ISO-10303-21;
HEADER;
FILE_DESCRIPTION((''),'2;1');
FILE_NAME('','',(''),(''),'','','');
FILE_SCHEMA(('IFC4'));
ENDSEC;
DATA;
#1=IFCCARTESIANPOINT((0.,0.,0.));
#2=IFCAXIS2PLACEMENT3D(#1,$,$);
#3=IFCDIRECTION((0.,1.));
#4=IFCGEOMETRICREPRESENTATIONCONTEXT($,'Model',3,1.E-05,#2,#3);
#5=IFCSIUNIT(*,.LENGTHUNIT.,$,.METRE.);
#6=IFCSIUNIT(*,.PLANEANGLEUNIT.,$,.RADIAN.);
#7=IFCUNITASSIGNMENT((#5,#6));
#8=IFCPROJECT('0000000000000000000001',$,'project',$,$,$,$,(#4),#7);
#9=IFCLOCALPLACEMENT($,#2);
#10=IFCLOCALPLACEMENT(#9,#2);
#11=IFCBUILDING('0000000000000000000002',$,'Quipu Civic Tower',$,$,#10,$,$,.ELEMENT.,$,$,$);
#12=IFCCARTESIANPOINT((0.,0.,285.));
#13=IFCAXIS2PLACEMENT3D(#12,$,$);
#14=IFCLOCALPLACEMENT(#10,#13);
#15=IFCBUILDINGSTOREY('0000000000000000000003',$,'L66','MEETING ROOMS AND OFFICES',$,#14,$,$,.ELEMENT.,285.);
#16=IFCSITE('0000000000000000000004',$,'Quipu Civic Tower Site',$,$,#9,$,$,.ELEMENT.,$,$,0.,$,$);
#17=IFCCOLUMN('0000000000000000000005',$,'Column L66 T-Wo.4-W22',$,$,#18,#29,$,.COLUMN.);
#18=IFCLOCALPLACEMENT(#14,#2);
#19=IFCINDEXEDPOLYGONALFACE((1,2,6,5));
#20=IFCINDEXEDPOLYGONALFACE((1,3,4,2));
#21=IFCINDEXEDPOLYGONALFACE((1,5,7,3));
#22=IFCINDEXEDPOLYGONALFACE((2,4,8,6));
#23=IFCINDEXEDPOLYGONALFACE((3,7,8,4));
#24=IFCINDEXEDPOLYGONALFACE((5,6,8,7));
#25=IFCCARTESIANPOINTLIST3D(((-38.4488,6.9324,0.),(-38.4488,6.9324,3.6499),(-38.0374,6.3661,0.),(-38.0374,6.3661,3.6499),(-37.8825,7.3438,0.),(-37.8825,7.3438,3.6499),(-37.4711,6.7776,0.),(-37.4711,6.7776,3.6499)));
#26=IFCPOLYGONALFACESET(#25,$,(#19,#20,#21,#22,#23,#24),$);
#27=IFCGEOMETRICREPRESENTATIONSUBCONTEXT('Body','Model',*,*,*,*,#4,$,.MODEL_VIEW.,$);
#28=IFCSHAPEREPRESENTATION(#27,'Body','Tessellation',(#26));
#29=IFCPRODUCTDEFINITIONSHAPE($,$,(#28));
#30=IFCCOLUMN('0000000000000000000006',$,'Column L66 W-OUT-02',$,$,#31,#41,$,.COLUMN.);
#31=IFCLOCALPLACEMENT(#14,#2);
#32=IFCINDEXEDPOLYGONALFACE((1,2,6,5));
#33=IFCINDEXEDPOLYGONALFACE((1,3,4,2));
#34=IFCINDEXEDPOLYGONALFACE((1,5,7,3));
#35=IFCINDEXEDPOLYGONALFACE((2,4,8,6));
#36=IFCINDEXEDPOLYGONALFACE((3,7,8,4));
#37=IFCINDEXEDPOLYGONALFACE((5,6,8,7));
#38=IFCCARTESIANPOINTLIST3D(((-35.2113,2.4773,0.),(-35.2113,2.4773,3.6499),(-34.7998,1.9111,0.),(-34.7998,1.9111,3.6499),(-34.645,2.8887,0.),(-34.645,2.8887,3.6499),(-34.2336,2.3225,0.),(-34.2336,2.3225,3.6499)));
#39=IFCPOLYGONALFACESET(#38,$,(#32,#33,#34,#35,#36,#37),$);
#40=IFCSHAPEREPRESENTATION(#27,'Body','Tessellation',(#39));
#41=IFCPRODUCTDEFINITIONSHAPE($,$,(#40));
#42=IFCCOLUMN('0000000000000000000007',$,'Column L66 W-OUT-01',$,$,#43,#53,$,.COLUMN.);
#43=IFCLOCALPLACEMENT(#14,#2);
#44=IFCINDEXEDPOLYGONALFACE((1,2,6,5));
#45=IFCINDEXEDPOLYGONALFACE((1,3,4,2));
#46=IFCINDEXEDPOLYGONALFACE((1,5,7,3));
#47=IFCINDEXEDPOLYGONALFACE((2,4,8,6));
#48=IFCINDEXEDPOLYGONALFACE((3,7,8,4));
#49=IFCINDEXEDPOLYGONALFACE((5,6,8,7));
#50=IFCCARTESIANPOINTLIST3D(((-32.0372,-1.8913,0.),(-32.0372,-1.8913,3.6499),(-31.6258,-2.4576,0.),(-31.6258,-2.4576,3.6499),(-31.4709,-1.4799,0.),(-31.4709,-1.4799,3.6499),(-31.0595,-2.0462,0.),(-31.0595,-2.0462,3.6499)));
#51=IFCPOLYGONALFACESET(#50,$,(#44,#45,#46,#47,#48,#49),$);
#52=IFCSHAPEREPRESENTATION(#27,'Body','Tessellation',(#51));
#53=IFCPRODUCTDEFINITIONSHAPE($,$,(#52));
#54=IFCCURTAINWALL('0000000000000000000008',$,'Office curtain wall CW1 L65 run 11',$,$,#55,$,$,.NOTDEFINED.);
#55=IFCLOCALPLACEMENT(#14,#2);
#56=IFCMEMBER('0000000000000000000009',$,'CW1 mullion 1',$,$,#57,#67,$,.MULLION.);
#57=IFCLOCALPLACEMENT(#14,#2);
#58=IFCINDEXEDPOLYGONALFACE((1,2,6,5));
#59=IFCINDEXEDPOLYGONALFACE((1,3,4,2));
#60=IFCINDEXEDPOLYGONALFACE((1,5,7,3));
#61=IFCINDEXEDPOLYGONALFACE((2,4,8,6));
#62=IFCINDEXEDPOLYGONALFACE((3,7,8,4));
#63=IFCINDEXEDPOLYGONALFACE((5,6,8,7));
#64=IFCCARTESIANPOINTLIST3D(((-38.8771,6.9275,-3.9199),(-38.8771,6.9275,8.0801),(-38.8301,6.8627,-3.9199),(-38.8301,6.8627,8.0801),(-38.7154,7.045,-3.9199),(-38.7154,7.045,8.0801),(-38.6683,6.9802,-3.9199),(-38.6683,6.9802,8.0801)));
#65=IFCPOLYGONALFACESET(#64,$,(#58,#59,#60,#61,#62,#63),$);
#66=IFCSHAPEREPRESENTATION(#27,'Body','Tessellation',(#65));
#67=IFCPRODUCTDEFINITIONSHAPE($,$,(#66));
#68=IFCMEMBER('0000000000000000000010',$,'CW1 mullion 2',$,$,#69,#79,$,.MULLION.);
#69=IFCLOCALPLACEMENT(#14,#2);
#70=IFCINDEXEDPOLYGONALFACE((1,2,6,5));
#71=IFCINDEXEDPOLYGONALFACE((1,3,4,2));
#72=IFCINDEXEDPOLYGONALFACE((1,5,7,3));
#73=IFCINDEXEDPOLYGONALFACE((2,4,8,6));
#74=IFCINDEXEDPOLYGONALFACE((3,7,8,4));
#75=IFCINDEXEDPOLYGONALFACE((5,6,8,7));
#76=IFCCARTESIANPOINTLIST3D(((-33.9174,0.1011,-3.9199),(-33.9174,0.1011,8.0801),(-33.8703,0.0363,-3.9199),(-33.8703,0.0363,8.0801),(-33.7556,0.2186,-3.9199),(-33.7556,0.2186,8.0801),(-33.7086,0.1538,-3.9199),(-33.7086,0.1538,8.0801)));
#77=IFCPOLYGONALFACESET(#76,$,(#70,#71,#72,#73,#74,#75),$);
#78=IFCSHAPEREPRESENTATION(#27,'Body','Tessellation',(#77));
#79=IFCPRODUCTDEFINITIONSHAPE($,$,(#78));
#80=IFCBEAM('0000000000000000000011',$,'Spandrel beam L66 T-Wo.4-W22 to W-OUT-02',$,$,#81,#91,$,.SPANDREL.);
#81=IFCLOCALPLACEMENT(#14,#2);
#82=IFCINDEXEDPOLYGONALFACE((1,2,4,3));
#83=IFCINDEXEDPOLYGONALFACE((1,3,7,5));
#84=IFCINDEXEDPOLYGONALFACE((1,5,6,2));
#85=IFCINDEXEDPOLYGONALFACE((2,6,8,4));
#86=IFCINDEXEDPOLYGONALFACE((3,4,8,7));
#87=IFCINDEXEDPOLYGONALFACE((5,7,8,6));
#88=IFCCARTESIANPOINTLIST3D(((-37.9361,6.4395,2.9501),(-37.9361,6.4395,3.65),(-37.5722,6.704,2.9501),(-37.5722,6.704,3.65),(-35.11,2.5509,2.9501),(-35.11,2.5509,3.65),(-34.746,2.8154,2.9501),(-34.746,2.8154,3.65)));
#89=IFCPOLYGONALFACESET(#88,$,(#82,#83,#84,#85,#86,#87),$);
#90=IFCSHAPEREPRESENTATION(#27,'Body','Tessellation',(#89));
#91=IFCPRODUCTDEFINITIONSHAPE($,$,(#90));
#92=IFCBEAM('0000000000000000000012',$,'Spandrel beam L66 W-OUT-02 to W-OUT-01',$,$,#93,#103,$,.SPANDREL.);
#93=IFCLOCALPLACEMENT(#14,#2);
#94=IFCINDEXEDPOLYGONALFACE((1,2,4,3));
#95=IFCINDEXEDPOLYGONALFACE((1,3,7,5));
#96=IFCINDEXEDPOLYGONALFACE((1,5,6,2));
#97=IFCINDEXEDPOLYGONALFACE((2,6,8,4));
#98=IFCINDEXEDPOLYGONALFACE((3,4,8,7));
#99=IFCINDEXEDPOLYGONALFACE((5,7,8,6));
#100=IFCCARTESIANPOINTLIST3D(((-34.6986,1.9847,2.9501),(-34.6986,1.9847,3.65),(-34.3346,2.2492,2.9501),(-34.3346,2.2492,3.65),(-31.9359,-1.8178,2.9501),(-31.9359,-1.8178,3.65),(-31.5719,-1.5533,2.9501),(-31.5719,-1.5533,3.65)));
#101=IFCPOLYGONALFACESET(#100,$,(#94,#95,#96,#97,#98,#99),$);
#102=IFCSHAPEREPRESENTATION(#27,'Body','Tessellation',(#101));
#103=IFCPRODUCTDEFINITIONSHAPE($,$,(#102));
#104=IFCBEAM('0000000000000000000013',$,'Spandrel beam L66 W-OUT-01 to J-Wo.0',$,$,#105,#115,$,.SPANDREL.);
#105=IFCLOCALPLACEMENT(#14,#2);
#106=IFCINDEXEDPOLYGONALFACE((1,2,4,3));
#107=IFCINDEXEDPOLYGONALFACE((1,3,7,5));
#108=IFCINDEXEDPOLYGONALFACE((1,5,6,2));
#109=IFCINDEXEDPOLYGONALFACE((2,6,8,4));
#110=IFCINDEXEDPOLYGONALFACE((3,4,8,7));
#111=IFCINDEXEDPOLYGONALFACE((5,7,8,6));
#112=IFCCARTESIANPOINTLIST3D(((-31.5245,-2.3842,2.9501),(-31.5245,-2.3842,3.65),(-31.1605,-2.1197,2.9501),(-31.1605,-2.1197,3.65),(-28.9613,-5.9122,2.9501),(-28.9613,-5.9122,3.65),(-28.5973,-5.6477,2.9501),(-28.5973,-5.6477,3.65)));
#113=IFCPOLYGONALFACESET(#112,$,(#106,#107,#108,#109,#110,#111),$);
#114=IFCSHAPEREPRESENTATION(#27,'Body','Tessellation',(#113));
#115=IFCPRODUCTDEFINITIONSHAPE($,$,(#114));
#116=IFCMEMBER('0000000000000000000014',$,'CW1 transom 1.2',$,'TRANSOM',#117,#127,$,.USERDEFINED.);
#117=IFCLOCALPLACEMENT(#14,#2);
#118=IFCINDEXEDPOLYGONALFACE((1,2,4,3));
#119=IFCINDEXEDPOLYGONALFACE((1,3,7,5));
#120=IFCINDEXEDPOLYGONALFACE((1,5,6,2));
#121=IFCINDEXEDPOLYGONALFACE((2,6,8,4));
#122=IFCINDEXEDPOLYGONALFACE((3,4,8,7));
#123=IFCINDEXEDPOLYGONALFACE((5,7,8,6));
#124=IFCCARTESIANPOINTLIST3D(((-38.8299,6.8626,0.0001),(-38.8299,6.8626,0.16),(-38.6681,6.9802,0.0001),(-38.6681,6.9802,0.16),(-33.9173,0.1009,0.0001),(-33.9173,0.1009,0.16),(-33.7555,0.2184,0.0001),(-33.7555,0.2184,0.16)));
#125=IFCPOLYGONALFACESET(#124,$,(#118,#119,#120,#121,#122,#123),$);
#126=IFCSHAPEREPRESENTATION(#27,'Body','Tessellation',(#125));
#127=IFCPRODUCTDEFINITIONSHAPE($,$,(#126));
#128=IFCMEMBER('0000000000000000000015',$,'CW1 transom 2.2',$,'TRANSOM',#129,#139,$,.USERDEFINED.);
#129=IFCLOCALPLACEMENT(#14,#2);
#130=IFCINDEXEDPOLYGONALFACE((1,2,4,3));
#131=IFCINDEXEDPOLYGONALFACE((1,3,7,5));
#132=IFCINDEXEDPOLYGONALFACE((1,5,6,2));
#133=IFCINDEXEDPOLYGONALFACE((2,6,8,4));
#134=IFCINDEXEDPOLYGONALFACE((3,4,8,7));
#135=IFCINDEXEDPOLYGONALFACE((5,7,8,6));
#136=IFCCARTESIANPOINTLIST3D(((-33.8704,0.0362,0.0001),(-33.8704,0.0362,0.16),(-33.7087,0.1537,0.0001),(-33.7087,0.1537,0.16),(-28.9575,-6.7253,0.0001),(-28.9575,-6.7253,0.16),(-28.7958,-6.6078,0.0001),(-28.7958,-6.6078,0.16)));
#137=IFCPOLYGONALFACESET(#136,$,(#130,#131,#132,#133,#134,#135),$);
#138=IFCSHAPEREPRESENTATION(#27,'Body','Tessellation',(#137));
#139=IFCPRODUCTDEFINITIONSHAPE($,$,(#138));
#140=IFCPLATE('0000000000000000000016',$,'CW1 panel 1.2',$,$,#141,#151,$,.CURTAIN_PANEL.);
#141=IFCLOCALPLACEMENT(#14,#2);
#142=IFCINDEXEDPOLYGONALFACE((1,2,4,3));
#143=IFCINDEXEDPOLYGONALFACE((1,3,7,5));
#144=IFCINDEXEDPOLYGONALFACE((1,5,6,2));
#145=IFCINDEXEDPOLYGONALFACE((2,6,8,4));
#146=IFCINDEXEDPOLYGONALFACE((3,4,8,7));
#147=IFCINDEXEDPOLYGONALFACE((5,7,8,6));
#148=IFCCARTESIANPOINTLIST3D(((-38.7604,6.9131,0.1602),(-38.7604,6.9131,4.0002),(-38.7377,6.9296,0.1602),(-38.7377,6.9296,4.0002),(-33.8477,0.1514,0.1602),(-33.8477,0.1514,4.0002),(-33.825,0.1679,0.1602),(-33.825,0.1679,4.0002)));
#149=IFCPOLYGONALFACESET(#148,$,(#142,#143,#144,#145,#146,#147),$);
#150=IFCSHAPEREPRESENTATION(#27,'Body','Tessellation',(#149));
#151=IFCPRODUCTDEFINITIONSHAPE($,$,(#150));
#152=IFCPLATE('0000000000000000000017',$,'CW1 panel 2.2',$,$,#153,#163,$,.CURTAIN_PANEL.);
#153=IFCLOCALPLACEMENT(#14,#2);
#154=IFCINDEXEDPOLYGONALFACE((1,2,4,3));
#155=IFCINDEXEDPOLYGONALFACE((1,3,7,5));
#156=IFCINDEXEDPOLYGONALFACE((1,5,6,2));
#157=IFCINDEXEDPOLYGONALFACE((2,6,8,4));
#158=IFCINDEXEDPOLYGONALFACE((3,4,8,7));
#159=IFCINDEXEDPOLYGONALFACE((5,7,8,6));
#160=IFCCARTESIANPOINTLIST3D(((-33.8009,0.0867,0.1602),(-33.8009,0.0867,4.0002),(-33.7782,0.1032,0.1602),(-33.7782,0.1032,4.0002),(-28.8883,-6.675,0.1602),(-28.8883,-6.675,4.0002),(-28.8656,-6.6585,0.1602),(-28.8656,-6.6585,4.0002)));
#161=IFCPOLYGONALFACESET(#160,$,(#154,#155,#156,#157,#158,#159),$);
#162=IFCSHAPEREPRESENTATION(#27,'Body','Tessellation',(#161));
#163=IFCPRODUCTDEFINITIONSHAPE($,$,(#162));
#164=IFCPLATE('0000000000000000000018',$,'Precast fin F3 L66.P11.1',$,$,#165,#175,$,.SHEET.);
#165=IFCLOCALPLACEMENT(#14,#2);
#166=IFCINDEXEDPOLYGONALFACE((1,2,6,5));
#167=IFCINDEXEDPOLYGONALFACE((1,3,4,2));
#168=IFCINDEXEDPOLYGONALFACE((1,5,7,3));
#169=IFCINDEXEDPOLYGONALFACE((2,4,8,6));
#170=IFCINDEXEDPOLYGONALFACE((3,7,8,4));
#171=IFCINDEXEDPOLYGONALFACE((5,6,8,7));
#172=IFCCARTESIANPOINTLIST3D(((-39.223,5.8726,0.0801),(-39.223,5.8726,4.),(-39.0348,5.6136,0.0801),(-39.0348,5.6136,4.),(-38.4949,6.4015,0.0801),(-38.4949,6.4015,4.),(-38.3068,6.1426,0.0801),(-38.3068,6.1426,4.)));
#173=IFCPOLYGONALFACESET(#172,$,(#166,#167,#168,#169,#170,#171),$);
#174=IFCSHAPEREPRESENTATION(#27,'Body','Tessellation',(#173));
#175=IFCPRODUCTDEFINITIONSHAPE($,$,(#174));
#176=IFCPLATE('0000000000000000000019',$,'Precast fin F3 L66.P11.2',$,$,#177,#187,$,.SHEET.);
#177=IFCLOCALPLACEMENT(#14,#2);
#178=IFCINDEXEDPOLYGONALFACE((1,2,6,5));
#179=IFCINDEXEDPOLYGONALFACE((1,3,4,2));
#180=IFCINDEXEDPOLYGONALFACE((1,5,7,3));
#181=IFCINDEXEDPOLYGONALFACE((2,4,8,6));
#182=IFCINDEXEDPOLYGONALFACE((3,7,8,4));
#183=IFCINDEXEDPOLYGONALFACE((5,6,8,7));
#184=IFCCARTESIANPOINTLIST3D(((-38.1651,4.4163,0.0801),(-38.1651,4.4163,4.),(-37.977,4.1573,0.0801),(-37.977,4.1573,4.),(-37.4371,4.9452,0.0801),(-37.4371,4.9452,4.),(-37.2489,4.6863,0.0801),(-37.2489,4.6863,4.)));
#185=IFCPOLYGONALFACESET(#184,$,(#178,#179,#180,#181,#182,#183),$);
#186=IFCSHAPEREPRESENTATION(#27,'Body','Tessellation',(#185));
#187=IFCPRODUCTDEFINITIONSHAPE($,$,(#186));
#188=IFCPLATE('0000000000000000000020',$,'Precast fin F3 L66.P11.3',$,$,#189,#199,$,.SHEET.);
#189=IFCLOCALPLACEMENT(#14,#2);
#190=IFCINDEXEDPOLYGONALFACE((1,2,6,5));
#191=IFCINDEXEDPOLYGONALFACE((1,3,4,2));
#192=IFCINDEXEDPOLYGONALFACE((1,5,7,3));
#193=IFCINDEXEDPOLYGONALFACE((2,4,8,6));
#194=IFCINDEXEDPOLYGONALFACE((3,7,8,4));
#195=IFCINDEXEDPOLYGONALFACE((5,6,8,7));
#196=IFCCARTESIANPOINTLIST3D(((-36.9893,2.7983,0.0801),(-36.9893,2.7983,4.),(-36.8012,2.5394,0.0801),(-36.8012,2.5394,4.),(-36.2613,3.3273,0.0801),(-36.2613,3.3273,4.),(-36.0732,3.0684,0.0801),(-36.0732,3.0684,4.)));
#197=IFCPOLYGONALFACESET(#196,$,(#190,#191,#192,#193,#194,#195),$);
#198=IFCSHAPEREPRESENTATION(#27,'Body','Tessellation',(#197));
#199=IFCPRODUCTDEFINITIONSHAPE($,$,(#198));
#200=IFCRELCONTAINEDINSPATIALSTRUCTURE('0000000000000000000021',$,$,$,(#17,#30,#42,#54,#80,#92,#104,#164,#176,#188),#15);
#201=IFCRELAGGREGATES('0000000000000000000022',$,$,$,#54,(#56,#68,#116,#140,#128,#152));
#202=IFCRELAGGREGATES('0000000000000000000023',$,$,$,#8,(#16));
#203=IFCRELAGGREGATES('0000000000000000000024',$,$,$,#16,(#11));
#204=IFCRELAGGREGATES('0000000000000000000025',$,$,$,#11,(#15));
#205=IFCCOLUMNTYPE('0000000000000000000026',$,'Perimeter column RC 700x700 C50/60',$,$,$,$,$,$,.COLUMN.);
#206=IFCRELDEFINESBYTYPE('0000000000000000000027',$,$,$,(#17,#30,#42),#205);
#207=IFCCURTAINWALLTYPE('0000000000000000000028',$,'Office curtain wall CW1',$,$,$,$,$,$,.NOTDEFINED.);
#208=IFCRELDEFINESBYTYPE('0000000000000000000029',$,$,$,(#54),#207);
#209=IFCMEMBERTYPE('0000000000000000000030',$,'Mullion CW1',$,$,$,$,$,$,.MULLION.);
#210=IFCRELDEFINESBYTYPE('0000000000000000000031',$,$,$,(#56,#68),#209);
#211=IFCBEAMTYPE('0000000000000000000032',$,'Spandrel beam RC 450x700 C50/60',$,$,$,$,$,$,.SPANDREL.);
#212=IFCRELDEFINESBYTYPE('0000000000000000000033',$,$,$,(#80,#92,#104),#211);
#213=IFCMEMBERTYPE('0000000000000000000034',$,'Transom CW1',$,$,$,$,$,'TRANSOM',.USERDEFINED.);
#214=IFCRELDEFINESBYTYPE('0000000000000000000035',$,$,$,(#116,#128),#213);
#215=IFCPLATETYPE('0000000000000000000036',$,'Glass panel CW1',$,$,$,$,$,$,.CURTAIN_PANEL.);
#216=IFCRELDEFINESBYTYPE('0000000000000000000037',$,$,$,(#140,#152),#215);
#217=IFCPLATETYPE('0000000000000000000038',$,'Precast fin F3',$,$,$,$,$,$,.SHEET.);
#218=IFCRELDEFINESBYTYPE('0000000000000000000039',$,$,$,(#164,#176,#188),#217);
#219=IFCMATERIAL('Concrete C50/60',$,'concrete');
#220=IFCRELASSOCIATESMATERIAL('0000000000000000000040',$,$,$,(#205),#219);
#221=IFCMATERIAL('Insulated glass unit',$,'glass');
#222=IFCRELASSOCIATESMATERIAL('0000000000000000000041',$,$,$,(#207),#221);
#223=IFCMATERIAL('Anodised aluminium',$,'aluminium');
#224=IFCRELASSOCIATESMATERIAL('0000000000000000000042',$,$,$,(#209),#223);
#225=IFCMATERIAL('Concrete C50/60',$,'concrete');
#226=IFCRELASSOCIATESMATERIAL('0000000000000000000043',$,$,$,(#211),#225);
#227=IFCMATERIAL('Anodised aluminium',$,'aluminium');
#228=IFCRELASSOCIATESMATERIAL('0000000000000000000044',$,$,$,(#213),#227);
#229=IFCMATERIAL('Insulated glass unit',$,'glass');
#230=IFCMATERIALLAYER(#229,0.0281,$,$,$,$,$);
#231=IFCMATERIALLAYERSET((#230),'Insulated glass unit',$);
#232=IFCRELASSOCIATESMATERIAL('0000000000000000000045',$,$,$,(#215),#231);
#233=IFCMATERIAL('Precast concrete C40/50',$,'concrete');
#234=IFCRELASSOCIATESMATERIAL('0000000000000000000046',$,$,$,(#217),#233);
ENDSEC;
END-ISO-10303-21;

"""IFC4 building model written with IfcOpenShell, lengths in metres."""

from ifc_helpers import new_model, si_unit, direction, frame, origin, origin_2d, place, context, subcontext, project, spatial, rectangle, extrude, material, layer, layer_set, material_profile, profile_set, type_object, element, aggregate, save


model = new_model("IFC4")

# Units and contexts
model_context = context("Model", 3, precision=1e-05, world=origin(), true_north=direction((0.0, 1.0)))
body_context = subcontext(model_context, "Body", "Model", "MODEL_VIEW")
ifc_project = project(units=[si_unit("LENGTHUNIT", "METRE"), si_unit("PLANEANGLEUNIT", "RADIAN")], contexts=[model_context])

# Site, building, storey
site_placement = place(None, origin())
site = spatial("IfcSite", under=ifc_project, at=site_placement, Name="Quipu Civic Tower Site", CompositionType="ELEMENT", RefElevation=0.0)
building_placement = place(site_placement, origin())
building = spatial("IfcBuilding", under=site, at=building_placement, Name="Quipu Civic Tower", CompositionType="ELEMENT")
storey_placement = place(building_placement, frame((0.0, 0.0, 285.0)))
storey = spatial("IfcBuildingStorey", under=building, at=storey_placement, Name="L66", Description="MEETING ROOMS AND OFFICES", CompositionType="ELEMENT", Elevation=285.0)

# Columns
ifc_material_1 = material(Name="Concrete C50/60", Category="concrete")
ifc_material_profile_1 = material_profile(ifc_material_1, rectangle(XDim=0.7, YDim=0.7, at=origin_2d()), Name="RC700x700")
ifc_profile_set_1 = profile_set([ifc_material_profile_1], Name="Concrete C50/60")
column_type = type_object("IfcColumnType", Name="Perimeter column RC 700x700 C50/60", PredefinedType="COLUMN", material=ifc_profile_set_1)
for number, where, z_axis, x_axis, name in (
    (1, (-37.96, 6.855, 0.0), (0.0, 0.0, 1.0), (0.587785, -0.809017, 0.0), "Column L66 T-Wo.4-W22"),
    (2, (-34.7224, 2.3999, 0.0), (0.0, 0.0, 1.0), (0.587785, -0.809017, 0.0), "Column L66 W-OUT-02"),
    (3, (-31.5483, -1.9688, 0.0), (0.0, 0.0, 1.0), (0.587785, -0.809017, 0.0), "Column L66 W-OUT-01"),
):
    element("IfcColumn", number, at=place(storey_placement, frame(where, z_axis=z_axis, x_axis=x_axis)), inside=storey, type_object=column_type, Name=name, PredefinedType="COLUMN", context=body_context, shape_type="SweptSolid", body=[
        extrude(rectangle(XDim=0.7, YDim=0.7, at=origin_2d()), origin(), (0.0, 0.0, 1.0), 3.6499),
    ])

# Curtain wall, members
ifc_material_2 = material(Name="Insulated glass unit", Category="glass")
curtain_wall_type = type_object("IfcCurtainWallType", Name="Office curtain wall CW1", PredefinedType="NOTDEFINED", material=ifc_material_2)
curtain_wall_placement = place(storey_placement, origin())
curtain_wall = element("IfcCurtainWall", 4, at=curtain_wall_placement, inside=storey, type_object=curtain_wall_type, Name="Office curtain wall CW1 L65 run 11", PredefinedType="NOTDEFINED")
ifc_material_3 = material(Name="Anodised aluminium", Category="aluminium")
ifc_material_profile_2 = material_profile(ifc_material_3, rectangle(XDim=0.2, YDim=0.0801, at=origin_2d()), Name="RECT 200x80")
ifc_profile_set_2 = profile_set([ifc_material_profile_2], Name="Anodised aluminium")
member_type_1 = type_object("IfcMemberType", Name="Mullion CW1", PredefinedType="MULLION", material=ifc_profile_set_2)
member_1_placement = place(storey_placement, frame((-38.7727, 6.9539, -3.9199), z_axis=(0.0, 0.0, 1.0), x_axis=(0.809016, 0.587786, 0.0)))
member_1 = element("IfcMember", 5, at=member_1_placement, type_object=member_type_1, Name="CW1 mullion 1", PredefinedType="MULLION", context=body_context, shape_type="SweptSolid", body=[
    extrude(rectangle(XDim=0.2, YDim=0.0801, at=origin_2d()), origin(), (0.0, 0.0, 1.0), 12.0),
])
member_2_placement = place(storey_placement, frame((-33.813, 0.1274, -3.9199), z_axis=(0.0, 0.0, 1.0), x_axis=(0.809016, 0.587786, 0.0)))
member_2 = element("IfcMember", 6, at=member_2_placement, type_object=member_type_1, Name="CW1 mullion 2", PredefinedType="MULLION", context=body_context, shape_type="SweptSolid", body=[
    extrude(rectangle(XDim=0.2, YDim=0.0801, at=origin_2d()), origin(), (0.0, 0.0, 1.0), 12.0),
])

# Beams
ifc_material_4 = material(Name="Concrete C50/60", Category="concrete")
ifc_material_profile_3 = material_profile(ifc_material_4, rectangle(XDim=0.45, YDim=0.7, at=origin_2d()), Name="RC450x700")
ifc_profile_set_3 = profile_set([ifc_material_profile_3], Name="Concrete C50/60")
beam_type = type_object("IfcBeamType", Name="Spandrel beam RC 450x700 C50/60", PredefinedType="SPANDREL", material=ifc_profile_set_3)
beam_1_placement = place(storey_placement, frame((-37.7542, 6.5718, 3.3), z_axis=(0.587906, -0.808929, 0.0), x_axis=(0.808929, 0.587906, 0.0)))
element("IfcBeam", 7, at=beam_1_placement, inside=storey, type_object=beam_type, Name="Spandrel beam L66 T-Wo.4-W22 to W-OUT-02", PredefinedType="SPANDREL", context=body_context, shape_type="SweptSolid", body=[
    extrude(rectangle(XDim=0.45, YDim=0.7, at=origin_2d()), origin(), (0.0, 0.0, 1.0), 4.8071),
])
beam_2_placement = place(storey_placement, frame((-34.5166, 2.1169, 3.3), z_axis=(0.587789, -0.809015, 0.0), x_axis=(0.809015, 0.587789, 0.0)))
element("IfcBeam", 8, at=beam_2_placement, inside=storey, type_object=beam_type, Name="Spandrel beam L66 W-OUT-02 to W-OUT-01", PredefinedType="SPANDREL", context=body_context, shape_type="SweptSolid", body=[
    extrude(rectangle(XDim=0.45, YDim=0.7, at=origin_2d()), origin(), (0.0, 0.0, 1.0), 4.7002),
])
beam_3_placement = place(storey_placement, frame((-31.3425, -2.252, 3.3), z_axis=(0.587776, -0.809024, 0.0), x_axis=(0.809024, 0.587776, 0.0)))
element("IfcBeam", 9, at=beam_3_placement, inside=storey, type_object=beam_type, Name="Spandrel beam L66 W-OUT-01 to J-Wo.0", PredefinedType="SPANDREL", context=body_context, shape_type="SweptSolid", body=[
    extrude(rectangle(XDim=0.45, YDim=0.7, at=origin_2d()), origin(), (0.0, 0.0, 1.0), 4.3608),
])

# Members
ifc_material_5 = material(Name="Anodised aluminium", Category="aluminium")
ifc_material_profile_4 = material_profile(ifc_material_5, rectangle(XDim=0.2, YDim=0.1599, at=origin_2d()), Name="RECT 200x160")
ifc_profile_set_4 = profile_set([ifc_material_profile_4], Name="Anodised aluminium")
member_type_2 = type_object("IfcMemberType", Name="Transom CW1", ElementType="TRANSOM", PredefinedType="USERDEFINED", material=ifc_profile_set_4)
member_3_placement = place(storey_placement, frame((-38.749, 6.9214, 0.0801), z_axis=(0.587779, -0.809021, 0.0), x_axis=(0.809021, 0.587779, 0.0)))
member_3 = element("IfcMember", 10, at=member_3_placement, type_object=member_type_2, Name="CW1 transom 1.2", ObjectType="TRANSOM", PredefinedType="USERDEFINED", context=body_context, shape_type="SweptSolid", body=[
    extrude(rectangle(XDim=0.2, YDim=0.1599, at=origin_2d()), origin(), (0.0, 0.0, 1.0), 8.3579),
])
member_4_placement = place(storey_placement, frame((-33.7896, 0.095, 0.0801), z_axis=(0.587812, -0.808997, 0.0), x_axis=(0.808997, 0.587812, 0.0)))
member_4 = element("IfcMember", 11, at=member_4_placement, type_object=member_type_2, Name="CW1 transom 2.2", ObjectType="TRANSOM", PredefinedType="USERDEFINED", context=body_context, shape_type="SweptSolid", body=[
    extrude(rectangle(XDim=0.2, YDim=0.1599, at=origin_2d()), origin(), (0.0, 0.0, 1.0), 8.3579),
])

# Plates
ifc_material_6 = material(Name="Insulated glass unit", Category="glass")
ifc_layer_1 = layer(ifc_material_6, 0.0281)
ifc_layer_set_1 = layer_set([ifc_layer_1], Name="Insulated glass unit")
plate_type_1 = type_object("IfcPlateType", Name="Glass panel CW1", PredefinedType="CURTAIN_PANEL", material=ifc_layer_set_1)
plate_1_placement = place(storey_placement, frame((-36.2927, 3.5405, 0.1602), z_axis=(0.0, 0.0, 1.0), x_axis=(0.587786, -0.809016, 0.0)))
plate_1 = element("IfcPlate", 12, at=plate_1_placement, type_object=plate_type_1, Name="CW1 panel 1.2", PredefinedType="CURTAIN_PANEL", context=body_context, shape_type="SweptSolid", body=[
    extrude(rectangle(XDim=8.3579, YDim=0.0281, at=origin_2d()), origin(), (0.0, 0.0, 1.0), 3.8401),
])
plate_2_placement = place(storey_placement, frame((-31.3333, -3.2859, 0.1602), z_axis=(0.0, 0.0, 1.0), x_axis=(0.587786, -0.809016, 0.0)))
plate_2 = element("IfcPlate", 13, at=plate_2_placement, type_object=plate_type_1, Name="CW1 panel 2.2", PredefinedType="CURTAIN_PANEL", context=body_context, shape_type="SweptSolid", body=[
    extrude(rectangle(XDim=8.3579, YDim=0.0281, at=origin_2d()), origin(), (0.0, 0.0, 1.0), 3.8401),
])
aggregate(curtain_wall, [member_1, member_2, member_3, plate_1, member_4, plate_2])

# Plates
ifc_material_7 = material(Name="Precast concrete C40/50", Category="concrete")
plate_type_2 = type_object("IfcPlateType", Name="Precast fin F3", PredefinedType="SHEET", material=ifc_material_7)
for number, where, z_axis, x_axis, name in (
    (14, (-38.7649, 6.0076, 0.0801), (0.0, 0.0, 1.0), (0.587787, -0.809016, 0.0), "Precast fin F3 L66.P11.1"),
    (15, (-37.707, 4.5513, 0.0801), (0.0, 0.0, 1.0), (0.587787, -0.809016, 0.0), "Precast fin F3 L66.P11.2"),
    (16, (-36.5312, 2.9333, 0.0801), (0.0, 0.0, 1.0), (0.587787, -0.809016, 0.0), "Precast fin F3 L66.P11.3"),
):
    element("IfcPlate", number, at=place(storey_placement, frame(where, z_axis=z_axis, x_axis=x_axis)), inside=storey, type_object=plate_type_2, Name=name, PredefinedType="SHEET", context=body_context, shape_type="SweptSolid", body=[
        extrude(rectangle(XDim=0.3201, YDim=0.8999, at=origin_2d()), origin(), (0.0, 0.0, 1.0), 3.9199),
    ])

save(model, "model.ifc")
